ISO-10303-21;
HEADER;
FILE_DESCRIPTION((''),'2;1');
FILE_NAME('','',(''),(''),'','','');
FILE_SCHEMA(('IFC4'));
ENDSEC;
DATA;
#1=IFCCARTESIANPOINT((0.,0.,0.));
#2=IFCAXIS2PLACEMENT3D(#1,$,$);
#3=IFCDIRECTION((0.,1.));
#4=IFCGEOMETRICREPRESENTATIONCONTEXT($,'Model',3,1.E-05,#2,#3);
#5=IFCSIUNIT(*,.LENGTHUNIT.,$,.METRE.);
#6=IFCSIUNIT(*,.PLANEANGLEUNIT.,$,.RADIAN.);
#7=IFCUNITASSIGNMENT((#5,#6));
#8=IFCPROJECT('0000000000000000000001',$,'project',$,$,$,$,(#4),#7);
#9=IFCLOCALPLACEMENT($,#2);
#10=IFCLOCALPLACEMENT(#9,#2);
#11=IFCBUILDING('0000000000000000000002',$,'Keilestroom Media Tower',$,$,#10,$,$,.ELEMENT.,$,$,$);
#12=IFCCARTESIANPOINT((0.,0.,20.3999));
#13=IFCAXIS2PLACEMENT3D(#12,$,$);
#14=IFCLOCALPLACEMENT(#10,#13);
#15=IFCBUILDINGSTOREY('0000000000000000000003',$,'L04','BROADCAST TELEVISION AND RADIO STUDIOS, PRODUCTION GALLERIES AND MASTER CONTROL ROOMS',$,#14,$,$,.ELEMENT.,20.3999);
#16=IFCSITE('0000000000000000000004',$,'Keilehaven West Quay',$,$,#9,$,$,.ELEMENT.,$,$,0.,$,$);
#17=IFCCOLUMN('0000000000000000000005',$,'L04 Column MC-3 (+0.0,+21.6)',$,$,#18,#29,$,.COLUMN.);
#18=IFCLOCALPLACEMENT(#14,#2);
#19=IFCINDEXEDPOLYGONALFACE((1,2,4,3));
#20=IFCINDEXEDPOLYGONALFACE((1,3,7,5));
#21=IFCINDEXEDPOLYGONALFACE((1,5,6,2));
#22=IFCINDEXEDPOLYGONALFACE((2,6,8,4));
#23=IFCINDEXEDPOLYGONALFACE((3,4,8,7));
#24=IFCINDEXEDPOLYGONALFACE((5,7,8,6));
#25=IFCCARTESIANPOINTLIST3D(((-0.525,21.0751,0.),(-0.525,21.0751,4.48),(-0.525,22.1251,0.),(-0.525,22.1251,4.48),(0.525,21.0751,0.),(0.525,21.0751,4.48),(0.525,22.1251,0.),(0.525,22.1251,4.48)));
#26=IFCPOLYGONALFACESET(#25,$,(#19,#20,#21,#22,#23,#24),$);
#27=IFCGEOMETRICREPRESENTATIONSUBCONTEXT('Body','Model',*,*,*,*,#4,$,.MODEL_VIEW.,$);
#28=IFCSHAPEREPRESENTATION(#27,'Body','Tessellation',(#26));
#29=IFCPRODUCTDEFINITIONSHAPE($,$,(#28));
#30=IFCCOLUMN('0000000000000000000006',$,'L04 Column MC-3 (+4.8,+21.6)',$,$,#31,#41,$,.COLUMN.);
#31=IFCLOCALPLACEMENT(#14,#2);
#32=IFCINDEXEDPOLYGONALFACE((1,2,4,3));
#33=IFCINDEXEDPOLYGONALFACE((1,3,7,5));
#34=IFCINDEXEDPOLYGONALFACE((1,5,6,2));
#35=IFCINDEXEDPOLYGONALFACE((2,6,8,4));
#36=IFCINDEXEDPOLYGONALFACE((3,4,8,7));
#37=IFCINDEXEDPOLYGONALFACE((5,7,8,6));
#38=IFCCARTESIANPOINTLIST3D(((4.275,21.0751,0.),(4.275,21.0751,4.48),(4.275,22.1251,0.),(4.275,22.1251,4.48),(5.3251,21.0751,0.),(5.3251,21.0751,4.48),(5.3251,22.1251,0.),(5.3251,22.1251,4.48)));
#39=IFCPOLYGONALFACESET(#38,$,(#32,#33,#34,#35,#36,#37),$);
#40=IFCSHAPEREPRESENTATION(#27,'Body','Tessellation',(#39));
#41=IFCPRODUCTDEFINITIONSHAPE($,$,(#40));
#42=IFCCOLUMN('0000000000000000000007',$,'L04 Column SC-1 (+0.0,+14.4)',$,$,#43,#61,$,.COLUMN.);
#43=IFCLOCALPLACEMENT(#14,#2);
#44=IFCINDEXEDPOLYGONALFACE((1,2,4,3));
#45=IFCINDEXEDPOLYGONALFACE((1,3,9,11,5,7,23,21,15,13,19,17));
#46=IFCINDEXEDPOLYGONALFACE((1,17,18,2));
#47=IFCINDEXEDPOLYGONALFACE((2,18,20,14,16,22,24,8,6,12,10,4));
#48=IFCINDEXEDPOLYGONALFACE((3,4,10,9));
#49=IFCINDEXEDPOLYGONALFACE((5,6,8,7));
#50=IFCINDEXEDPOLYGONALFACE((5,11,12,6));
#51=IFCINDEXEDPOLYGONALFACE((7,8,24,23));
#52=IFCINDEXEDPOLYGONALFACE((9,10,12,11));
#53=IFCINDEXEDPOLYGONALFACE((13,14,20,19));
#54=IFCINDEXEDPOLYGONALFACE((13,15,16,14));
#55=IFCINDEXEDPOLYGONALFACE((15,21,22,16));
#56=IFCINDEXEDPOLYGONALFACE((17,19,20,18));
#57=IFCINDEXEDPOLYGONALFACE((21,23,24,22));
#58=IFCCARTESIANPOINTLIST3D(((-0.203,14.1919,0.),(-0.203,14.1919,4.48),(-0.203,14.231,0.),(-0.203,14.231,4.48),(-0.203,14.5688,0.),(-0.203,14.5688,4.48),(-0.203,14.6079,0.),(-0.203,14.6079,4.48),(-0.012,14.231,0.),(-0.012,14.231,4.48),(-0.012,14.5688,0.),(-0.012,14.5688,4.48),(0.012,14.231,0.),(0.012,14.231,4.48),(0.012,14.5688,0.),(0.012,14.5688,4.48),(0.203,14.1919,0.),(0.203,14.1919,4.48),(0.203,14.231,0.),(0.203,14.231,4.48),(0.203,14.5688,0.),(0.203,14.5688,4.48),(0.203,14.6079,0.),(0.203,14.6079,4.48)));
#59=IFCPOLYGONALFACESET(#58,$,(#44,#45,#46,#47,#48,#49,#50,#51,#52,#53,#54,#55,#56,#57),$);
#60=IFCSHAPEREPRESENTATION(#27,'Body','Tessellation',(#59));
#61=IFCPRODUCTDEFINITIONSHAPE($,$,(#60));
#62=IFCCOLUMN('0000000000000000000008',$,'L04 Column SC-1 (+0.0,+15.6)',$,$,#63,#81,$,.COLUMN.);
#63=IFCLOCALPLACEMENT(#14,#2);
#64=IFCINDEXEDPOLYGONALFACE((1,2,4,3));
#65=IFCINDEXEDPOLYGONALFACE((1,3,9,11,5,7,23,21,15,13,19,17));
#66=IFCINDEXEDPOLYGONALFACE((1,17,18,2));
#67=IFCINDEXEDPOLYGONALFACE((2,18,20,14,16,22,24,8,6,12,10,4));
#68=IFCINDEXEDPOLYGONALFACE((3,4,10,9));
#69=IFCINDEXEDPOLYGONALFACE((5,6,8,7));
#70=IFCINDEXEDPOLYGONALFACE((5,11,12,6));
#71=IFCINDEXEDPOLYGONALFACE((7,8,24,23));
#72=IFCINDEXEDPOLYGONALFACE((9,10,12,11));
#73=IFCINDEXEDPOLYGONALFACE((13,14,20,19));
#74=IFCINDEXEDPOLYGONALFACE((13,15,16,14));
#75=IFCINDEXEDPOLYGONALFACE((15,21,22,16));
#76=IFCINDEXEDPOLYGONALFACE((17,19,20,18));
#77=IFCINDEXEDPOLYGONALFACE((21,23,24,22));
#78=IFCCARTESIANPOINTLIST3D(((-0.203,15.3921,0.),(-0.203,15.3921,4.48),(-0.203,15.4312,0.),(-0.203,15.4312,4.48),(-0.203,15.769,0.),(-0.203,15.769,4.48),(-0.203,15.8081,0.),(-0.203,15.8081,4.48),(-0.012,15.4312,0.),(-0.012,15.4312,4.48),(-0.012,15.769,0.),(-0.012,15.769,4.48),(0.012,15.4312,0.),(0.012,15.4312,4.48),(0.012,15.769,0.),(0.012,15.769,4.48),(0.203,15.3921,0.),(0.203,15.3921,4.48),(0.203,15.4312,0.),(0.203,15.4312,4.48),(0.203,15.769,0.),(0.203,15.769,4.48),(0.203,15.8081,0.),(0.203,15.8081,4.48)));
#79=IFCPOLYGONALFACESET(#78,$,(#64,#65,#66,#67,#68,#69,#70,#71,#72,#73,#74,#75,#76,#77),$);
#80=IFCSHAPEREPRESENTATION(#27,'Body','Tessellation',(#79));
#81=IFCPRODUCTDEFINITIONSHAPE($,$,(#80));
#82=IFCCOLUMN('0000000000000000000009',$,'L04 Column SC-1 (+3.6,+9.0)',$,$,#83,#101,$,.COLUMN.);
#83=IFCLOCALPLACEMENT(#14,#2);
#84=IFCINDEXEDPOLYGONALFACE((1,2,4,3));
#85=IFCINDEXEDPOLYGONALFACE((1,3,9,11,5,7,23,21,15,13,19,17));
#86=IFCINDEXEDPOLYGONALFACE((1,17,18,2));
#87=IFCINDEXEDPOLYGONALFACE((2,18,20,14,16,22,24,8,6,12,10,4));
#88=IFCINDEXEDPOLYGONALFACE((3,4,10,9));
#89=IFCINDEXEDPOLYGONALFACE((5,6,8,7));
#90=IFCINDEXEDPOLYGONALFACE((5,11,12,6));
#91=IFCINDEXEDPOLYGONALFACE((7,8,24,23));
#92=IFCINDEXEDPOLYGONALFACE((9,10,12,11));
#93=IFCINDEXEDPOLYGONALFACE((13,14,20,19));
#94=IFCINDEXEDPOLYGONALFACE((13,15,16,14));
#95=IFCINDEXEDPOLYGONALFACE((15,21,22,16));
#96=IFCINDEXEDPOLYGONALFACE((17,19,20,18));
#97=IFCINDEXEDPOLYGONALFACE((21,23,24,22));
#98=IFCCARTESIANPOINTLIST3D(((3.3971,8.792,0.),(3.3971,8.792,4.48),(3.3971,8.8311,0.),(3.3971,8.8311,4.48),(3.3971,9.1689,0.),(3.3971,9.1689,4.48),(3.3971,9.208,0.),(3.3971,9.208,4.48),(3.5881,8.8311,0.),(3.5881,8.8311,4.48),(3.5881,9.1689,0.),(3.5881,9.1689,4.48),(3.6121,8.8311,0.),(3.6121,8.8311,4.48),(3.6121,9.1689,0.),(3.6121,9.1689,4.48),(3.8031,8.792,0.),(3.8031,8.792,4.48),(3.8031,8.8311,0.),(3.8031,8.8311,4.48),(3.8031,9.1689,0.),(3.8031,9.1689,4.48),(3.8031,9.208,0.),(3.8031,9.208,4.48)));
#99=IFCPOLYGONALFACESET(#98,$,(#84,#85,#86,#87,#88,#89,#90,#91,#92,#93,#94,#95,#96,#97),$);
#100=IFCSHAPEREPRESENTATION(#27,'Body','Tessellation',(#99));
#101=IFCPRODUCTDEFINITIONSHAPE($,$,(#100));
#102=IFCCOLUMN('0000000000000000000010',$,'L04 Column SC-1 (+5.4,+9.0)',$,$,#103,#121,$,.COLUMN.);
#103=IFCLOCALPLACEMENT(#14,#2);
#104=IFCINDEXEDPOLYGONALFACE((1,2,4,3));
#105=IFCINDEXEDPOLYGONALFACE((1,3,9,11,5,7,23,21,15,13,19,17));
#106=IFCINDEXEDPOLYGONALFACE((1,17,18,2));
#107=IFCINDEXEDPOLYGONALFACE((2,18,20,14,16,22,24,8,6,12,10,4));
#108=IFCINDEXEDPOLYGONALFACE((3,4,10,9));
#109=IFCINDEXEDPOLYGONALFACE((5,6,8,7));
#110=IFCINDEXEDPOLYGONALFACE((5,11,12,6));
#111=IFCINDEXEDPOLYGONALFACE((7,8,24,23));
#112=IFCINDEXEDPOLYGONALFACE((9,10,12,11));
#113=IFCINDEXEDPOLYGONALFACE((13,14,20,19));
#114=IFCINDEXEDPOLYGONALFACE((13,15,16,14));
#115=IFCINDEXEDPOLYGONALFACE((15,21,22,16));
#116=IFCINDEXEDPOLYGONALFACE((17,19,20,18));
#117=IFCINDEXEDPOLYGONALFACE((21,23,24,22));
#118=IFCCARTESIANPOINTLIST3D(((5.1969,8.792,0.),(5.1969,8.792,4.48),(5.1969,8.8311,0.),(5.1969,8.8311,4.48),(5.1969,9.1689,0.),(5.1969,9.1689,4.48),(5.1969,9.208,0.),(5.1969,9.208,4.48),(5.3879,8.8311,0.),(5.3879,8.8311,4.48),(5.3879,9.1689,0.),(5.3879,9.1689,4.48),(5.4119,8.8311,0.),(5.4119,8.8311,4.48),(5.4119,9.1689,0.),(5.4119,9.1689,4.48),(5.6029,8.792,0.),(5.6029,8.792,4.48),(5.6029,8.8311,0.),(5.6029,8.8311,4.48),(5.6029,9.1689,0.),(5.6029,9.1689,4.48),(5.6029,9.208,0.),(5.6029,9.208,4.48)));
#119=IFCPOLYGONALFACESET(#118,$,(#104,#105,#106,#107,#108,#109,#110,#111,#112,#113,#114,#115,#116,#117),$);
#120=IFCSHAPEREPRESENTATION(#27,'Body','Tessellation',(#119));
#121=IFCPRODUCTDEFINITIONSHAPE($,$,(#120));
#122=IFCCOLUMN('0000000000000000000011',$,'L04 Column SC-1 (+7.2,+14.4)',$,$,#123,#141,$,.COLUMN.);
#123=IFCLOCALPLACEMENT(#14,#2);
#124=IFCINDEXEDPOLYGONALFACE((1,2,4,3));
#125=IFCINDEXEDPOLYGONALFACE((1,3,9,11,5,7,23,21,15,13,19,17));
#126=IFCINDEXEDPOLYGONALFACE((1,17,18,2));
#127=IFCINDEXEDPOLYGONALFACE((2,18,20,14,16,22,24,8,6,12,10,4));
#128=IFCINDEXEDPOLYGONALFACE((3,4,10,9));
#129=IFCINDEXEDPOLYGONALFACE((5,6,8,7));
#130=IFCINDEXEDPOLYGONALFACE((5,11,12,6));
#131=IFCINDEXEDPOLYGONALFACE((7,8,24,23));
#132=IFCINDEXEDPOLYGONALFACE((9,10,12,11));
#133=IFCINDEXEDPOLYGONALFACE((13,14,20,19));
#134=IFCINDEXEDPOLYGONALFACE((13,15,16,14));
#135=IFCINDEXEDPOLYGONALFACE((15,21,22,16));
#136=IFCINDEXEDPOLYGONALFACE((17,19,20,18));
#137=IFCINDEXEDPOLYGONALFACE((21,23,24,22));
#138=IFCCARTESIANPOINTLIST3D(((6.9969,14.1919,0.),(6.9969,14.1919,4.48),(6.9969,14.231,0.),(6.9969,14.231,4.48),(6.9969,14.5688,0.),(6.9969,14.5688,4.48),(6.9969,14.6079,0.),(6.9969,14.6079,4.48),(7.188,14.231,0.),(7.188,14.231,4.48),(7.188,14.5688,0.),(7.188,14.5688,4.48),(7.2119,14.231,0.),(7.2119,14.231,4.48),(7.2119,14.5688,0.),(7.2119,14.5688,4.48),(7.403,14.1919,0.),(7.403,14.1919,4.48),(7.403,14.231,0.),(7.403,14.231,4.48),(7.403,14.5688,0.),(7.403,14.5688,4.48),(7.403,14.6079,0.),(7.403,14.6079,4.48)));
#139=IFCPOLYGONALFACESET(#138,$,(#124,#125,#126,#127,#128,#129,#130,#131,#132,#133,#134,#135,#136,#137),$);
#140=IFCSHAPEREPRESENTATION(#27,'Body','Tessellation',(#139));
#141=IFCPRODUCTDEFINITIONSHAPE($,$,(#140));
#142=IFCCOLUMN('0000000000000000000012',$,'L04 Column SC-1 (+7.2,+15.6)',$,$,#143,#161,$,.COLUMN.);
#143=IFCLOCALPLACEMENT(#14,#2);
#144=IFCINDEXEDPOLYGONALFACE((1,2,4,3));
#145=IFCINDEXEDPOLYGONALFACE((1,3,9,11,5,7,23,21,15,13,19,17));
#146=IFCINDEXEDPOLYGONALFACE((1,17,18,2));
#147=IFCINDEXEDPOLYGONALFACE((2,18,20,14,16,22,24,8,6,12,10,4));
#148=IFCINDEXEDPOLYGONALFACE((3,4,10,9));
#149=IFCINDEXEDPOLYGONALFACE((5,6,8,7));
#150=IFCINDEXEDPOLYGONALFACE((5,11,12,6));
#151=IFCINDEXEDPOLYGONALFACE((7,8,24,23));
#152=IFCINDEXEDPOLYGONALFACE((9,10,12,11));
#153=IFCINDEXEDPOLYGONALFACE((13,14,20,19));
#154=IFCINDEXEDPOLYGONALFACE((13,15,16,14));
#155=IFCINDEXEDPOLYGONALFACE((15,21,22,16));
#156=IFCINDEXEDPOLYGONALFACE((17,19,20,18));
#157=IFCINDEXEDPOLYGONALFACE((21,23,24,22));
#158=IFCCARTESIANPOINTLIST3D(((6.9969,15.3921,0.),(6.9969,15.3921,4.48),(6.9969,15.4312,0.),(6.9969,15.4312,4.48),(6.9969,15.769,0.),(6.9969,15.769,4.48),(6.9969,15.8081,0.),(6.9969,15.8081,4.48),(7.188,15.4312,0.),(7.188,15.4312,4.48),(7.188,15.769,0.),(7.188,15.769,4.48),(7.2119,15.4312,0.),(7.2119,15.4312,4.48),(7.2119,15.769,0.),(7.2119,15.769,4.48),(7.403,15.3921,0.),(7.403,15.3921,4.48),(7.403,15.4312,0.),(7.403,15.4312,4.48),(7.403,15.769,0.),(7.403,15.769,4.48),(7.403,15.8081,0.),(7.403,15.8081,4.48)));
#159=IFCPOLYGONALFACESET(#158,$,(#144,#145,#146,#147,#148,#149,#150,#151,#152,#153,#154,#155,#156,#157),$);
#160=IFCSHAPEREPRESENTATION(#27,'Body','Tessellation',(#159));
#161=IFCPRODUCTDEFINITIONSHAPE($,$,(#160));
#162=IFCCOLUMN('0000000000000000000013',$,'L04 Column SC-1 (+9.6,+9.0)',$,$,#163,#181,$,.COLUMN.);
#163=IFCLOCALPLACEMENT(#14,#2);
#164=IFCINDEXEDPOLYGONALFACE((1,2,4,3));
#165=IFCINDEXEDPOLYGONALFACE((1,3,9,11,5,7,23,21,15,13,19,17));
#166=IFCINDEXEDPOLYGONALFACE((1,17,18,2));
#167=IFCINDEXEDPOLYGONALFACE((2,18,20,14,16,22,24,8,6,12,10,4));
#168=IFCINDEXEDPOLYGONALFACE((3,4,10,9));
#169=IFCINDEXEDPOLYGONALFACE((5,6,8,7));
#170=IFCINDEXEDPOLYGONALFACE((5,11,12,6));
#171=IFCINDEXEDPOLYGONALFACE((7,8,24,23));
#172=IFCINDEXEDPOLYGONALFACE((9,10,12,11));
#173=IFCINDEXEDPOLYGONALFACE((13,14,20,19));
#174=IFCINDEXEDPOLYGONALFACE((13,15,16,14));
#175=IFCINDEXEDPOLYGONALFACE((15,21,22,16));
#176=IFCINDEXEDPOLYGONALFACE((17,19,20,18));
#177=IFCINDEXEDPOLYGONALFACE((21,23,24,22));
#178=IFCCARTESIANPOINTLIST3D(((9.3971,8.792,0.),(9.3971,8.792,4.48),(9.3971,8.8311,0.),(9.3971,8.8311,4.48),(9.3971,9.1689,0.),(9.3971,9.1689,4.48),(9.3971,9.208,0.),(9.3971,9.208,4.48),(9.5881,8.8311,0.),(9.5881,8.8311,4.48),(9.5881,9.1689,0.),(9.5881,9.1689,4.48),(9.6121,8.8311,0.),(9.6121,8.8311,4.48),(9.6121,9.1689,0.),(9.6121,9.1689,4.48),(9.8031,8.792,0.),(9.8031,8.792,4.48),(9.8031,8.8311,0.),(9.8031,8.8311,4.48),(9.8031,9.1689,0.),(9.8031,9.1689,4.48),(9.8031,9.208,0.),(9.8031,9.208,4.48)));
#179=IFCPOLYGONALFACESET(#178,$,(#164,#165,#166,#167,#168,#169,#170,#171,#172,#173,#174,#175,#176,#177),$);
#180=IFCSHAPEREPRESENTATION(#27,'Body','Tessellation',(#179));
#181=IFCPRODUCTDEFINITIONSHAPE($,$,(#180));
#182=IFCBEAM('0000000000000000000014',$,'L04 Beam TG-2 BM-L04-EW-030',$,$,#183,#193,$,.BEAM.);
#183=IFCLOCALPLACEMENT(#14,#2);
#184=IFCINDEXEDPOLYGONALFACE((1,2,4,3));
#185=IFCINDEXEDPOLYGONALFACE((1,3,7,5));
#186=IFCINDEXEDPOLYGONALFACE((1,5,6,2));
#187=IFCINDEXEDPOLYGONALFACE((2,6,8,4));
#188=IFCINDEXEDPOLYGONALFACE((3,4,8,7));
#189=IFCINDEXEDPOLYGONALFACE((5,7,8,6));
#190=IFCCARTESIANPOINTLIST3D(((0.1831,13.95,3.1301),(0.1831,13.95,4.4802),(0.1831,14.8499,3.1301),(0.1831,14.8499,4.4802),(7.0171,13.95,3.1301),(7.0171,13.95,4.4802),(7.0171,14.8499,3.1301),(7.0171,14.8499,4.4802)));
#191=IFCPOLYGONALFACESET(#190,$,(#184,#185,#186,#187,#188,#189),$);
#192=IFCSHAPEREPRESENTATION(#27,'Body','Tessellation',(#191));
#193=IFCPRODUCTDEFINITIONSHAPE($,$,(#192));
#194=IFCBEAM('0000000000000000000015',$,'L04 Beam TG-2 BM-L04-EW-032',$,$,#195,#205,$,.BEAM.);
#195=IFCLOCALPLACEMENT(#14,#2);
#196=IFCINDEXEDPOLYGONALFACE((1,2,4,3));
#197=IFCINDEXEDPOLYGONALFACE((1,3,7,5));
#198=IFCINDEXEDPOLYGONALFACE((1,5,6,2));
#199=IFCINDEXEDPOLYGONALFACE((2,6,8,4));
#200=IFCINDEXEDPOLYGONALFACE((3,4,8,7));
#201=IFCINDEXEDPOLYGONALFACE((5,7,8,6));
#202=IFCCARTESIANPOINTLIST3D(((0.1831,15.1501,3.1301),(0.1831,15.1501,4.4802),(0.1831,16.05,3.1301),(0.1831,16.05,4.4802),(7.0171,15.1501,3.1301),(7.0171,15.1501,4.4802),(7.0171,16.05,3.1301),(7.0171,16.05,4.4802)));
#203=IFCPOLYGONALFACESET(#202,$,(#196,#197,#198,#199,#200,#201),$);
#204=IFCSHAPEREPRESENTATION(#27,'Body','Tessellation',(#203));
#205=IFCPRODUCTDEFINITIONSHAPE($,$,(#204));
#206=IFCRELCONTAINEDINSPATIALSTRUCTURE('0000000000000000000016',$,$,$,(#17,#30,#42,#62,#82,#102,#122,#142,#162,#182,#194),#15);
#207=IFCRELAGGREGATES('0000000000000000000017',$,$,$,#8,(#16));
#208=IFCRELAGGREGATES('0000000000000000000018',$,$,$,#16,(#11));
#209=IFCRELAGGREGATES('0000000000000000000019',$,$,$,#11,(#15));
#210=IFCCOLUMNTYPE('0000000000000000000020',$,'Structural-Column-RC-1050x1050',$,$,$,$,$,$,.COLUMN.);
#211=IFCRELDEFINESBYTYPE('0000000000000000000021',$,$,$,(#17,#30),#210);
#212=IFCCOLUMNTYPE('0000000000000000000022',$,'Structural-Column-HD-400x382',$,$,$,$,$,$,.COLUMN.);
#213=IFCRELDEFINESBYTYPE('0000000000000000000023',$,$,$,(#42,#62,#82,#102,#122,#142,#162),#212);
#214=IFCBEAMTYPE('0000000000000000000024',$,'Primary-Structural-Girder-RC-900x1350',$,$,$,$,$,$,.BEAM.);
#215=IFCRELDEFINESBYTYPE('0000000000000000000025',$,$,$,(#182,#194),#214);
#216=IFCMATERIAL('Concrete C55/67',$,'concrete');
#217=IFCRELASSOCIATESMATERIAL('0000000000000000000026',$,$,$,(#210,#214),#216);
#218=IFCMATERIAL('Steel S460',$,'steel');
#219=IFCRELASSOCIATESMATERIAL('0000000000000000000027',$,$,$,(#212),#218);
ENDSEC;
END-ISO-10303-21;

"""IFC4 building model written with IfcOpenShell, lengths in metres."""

from ifc_helpers import new_model, si_unit, direction, frame, origin, origin_2d, place, context, subcontext, project, spatial, rectangle, i_section, extrude, source, transform, mapped, material, material_profile, profile_set, type_object, element, save


model = new_model("IFC4")

# Units and contexts
model_context = context("Model", 3, precision=1e-05, world=origin(), true_north=direction((0.0, 1.0)))
body_context = subcontext(model_context, "Body", "Model", "MODEL_VIEW")
ifc_project = project(units=[si_unit("LENGTHUNIT", "METRE"), si_unit("PLANEANGLEUNIT", "RADIAN")], contexts=[model_context])

# Site, building, storey
site_placement = place(None, origin())
site = spatial("IfcSite", under=ifc_project, at=site_placement, Name="Keilehaven West Quay", CompositionType="ELEMENT", RefElevation=0.0)
building_placement = place(site_placement, origin())
building = spatial("IfcBuilding", under=site, at=building_placement, Name="Keilestroom Media Tower", CompositionType="ELEMENT")
storey_placement = place(building_placement, frame((0.0, 0.0, 20.3999)))
storey = spatial("IfcBuildingStorey", under=building, at=storey_placement, Name="L04", Description="BROADCAST TELEVISION AND RADIO STUDIOS, PRODUCTION GALLERIES AND MASTER CONTROL ROOMS", CompositionType="ELEMENT", Elevation=20.3999)

# Columns
ifc_material_1 = material(Name="Concrete C55/67", Category="concrete")
ifc_material_profile_1 = material_profile(ifc_material_1, rectangle(XDim=1.05, YDim=1.05, at=origin_2d()), Name="RC 1050x1050")
ifc_profile_set_1 = profile_set([ifc_material_profile_1], Name="Concrete C55/67")
column_type_1 = type_object("IfcColumnType", Name="Structural-Column-RC-1050x1050", PredefinedType="COLUMN", material=ifc_profile_set_1)
shared_shape_1 = source(origin(), body_context, "Body", "SweptSolid", [
    extrude(rectangle(XDim=1.05, YDim=1.05, at=origin_2d()), origin(), (0.0, 0.0, 1.0), 4.48),
])
for number, where, z_axis, x_axis, name in (
    (1, (0.0, 21.6001, 0.0), (0.0, 0.0, 1.0), (1.0, 0.0, 0.0), "L04 Column MC-3 (+0.0,+21.6)"),
    (2, (4.8, 21.6001, 0.0), (0.0, 0.0, 1.0), (1.0, 0.0, 0.0), "L04 Column MC-3 (+4.8,+21.6)"),
):
    element("IfcColumn", number, at=place(storey_placement, frame(where, z_axis=z_axis, x_axis=x_axis)), inside=storey, type_object=column_type_1, Name=name, PredefinedType="COLUMN", context=body_context, shape_type="MappedRepresentation", body=[
        mapped(shared_shape_1, transform((0.0, 0.0, 0.0), x_axis=(1.0, 0.0, 0.0), y_axis=(0.0, 1.0, 0.0), z_axis=(0.0, 0.0, 1.0), scale=1.0)),
    ])
ifc_material_2 = material(Name="Steel S460", Category="steel")
ifc_material_profile_2 = material_profile(ifc_material_2, i_section(OverallWidth=0.406, OverallDepth=0.416, WebThickness=0.0239, FlangeThickness=0.0391, at=origin_2d()), Name="HD 400x382")
ifc_profile_set_2 = profile_set([ifc_material_profile_2], Name="Steel S460")
column_type_2 = type_object("IfcColumnType", Name="Structural-Column-HD-400x382", PredefinedType="COLUMN", material=ifc_profile_set_2)
shared_shape_2 = source(origin(), body_context, "Body", "SweptSolid", [
    extrude(i_section(OverallWidth=0.406, OverallDepth=0.416, WebThickness=0.0239, FlangeThickness=0.0391, at=origin_2d()), origin(), (0.0, 0.0, 1.0), 4.48),
])
for number, where, z_axis, x_axis, name in (
    (3, (0.0, 14.3999, 0.0), (0.0, 0.0, 1.0), (1.0, 0.0, 0.0), "L04 Column SC-1 (+0.0,+14.4)"),
    (4, (0.0, 15.6001, 0.0), (0.0, 0.0, 1.0), (1.0, 0.0, 0.0), "L04 Column SC-1 (+0.0,+15.6)"),
    (5, (3.6001, 9.0, 0.0), (0.0, 0.0, 1.0), (1.0, 0.0, 0.0), "L04 Column SC-1 (+3.6,+9.0)"),
    (6, (5.3999, 9.0, 0.0), (0.0, 0.0, 1.0), (1.0, 0.0, 0.0), "L04 Column SC-1 (+5.4,+9.0)"),
    (7, (7.2, 14.3999, 0.0), (0.0, 0.0, 1.0), (1.0, 0.0, 0.0), "L04 Column SC-1 (+7.2,+14.4)"),
    (8, (7.2, 15.6001, 0.0), (0.0, 0.0, 1.0), (1.0, 0.0, 0.0), "L04 Column SC-1 (+7.2,+15.6)"),
    (9, (9.6001, 9.0, 0.0), (0.0, 0.0, 1.0), (1.0, 0.0, 0.0), "L04 Column SC-1 (+9.6,+9.0)"),
):
    element("IfcColumn", number, at=place(storey_placement, frame(where, z_axis=z_axis, x_axis=x_axis)), inside=storey, type_object=column_type_2, Name=name, PredefinedType="COLUMN", context=body_context, shape_type="MappedRepresentation", body=[
        mapped(shared_shape_2, transform((0.0, 0.0, 0.0), x_axis=(1.0, 0.0, 0.0), y_axis=(0.0, 1.0, 0.0), z_axis=(0.0, 0.0, 1.0), scale=1.0)),
    ])

# Beams
ifc_material_profile_3 = material_profile(ifc_material_1, rectangle(XDim=0.8999, YDim=1.3501, at=origin_2d()), Name="RC 900x1350")
ifc_profile_set_3 = profile_set([ifc_material_profile_3], Name="Concrete C55/67")
beam_type_1 = type_object("IfcBeamType", Name="Primary-Structural-Girder-RC-900x1350", PredefinedType="BEAM", material=ifc_profile_set_3)
shared_shape_3 = source(origin(), body_context, "Body", "SweptSolid", [
    extrude(rectangle(XDim=0.8999, YDim=1.3501, at=origin_2d()), origin(), (0.0, 0.0, 1.0), 6.834),
])
for number, where, z_axis, x_axis, name in (
    (10, (0.1831, 14.3999, 3.8052), (1.0, 0.0, 0.0), (0.0, 1.0, 0.0), "L04 Beam TG-2 BM-L04-EW-030"),
    (11, (0.1831, 15.6001, 3.8052), (1.0, 0.0, 0.0), (0.0, 1.0, 0.0), "L04 Beam TG-2 BM-L04-EW-032"),
):
    element("IfcBeam", number, at=place(storey_placement, frame(where, z_axis=z_axis, x_axis=x_axis)), inside=storey, type_object=beam_type_1, Name=name, PredefinedType="BEAM", context=body_context, shape_type="MappedRepresentation", body=[
        mapped(shared_shape_3, transform((0.0, 0.0, 0.0), x_axis=(1.0, 0.0, 0.0), y_axis=(0.0, 1.0, 0.0), z_axis=(0.0, 0.0, 1.0), scale=1.0)),
    ])

save(model, "model.ifc")
